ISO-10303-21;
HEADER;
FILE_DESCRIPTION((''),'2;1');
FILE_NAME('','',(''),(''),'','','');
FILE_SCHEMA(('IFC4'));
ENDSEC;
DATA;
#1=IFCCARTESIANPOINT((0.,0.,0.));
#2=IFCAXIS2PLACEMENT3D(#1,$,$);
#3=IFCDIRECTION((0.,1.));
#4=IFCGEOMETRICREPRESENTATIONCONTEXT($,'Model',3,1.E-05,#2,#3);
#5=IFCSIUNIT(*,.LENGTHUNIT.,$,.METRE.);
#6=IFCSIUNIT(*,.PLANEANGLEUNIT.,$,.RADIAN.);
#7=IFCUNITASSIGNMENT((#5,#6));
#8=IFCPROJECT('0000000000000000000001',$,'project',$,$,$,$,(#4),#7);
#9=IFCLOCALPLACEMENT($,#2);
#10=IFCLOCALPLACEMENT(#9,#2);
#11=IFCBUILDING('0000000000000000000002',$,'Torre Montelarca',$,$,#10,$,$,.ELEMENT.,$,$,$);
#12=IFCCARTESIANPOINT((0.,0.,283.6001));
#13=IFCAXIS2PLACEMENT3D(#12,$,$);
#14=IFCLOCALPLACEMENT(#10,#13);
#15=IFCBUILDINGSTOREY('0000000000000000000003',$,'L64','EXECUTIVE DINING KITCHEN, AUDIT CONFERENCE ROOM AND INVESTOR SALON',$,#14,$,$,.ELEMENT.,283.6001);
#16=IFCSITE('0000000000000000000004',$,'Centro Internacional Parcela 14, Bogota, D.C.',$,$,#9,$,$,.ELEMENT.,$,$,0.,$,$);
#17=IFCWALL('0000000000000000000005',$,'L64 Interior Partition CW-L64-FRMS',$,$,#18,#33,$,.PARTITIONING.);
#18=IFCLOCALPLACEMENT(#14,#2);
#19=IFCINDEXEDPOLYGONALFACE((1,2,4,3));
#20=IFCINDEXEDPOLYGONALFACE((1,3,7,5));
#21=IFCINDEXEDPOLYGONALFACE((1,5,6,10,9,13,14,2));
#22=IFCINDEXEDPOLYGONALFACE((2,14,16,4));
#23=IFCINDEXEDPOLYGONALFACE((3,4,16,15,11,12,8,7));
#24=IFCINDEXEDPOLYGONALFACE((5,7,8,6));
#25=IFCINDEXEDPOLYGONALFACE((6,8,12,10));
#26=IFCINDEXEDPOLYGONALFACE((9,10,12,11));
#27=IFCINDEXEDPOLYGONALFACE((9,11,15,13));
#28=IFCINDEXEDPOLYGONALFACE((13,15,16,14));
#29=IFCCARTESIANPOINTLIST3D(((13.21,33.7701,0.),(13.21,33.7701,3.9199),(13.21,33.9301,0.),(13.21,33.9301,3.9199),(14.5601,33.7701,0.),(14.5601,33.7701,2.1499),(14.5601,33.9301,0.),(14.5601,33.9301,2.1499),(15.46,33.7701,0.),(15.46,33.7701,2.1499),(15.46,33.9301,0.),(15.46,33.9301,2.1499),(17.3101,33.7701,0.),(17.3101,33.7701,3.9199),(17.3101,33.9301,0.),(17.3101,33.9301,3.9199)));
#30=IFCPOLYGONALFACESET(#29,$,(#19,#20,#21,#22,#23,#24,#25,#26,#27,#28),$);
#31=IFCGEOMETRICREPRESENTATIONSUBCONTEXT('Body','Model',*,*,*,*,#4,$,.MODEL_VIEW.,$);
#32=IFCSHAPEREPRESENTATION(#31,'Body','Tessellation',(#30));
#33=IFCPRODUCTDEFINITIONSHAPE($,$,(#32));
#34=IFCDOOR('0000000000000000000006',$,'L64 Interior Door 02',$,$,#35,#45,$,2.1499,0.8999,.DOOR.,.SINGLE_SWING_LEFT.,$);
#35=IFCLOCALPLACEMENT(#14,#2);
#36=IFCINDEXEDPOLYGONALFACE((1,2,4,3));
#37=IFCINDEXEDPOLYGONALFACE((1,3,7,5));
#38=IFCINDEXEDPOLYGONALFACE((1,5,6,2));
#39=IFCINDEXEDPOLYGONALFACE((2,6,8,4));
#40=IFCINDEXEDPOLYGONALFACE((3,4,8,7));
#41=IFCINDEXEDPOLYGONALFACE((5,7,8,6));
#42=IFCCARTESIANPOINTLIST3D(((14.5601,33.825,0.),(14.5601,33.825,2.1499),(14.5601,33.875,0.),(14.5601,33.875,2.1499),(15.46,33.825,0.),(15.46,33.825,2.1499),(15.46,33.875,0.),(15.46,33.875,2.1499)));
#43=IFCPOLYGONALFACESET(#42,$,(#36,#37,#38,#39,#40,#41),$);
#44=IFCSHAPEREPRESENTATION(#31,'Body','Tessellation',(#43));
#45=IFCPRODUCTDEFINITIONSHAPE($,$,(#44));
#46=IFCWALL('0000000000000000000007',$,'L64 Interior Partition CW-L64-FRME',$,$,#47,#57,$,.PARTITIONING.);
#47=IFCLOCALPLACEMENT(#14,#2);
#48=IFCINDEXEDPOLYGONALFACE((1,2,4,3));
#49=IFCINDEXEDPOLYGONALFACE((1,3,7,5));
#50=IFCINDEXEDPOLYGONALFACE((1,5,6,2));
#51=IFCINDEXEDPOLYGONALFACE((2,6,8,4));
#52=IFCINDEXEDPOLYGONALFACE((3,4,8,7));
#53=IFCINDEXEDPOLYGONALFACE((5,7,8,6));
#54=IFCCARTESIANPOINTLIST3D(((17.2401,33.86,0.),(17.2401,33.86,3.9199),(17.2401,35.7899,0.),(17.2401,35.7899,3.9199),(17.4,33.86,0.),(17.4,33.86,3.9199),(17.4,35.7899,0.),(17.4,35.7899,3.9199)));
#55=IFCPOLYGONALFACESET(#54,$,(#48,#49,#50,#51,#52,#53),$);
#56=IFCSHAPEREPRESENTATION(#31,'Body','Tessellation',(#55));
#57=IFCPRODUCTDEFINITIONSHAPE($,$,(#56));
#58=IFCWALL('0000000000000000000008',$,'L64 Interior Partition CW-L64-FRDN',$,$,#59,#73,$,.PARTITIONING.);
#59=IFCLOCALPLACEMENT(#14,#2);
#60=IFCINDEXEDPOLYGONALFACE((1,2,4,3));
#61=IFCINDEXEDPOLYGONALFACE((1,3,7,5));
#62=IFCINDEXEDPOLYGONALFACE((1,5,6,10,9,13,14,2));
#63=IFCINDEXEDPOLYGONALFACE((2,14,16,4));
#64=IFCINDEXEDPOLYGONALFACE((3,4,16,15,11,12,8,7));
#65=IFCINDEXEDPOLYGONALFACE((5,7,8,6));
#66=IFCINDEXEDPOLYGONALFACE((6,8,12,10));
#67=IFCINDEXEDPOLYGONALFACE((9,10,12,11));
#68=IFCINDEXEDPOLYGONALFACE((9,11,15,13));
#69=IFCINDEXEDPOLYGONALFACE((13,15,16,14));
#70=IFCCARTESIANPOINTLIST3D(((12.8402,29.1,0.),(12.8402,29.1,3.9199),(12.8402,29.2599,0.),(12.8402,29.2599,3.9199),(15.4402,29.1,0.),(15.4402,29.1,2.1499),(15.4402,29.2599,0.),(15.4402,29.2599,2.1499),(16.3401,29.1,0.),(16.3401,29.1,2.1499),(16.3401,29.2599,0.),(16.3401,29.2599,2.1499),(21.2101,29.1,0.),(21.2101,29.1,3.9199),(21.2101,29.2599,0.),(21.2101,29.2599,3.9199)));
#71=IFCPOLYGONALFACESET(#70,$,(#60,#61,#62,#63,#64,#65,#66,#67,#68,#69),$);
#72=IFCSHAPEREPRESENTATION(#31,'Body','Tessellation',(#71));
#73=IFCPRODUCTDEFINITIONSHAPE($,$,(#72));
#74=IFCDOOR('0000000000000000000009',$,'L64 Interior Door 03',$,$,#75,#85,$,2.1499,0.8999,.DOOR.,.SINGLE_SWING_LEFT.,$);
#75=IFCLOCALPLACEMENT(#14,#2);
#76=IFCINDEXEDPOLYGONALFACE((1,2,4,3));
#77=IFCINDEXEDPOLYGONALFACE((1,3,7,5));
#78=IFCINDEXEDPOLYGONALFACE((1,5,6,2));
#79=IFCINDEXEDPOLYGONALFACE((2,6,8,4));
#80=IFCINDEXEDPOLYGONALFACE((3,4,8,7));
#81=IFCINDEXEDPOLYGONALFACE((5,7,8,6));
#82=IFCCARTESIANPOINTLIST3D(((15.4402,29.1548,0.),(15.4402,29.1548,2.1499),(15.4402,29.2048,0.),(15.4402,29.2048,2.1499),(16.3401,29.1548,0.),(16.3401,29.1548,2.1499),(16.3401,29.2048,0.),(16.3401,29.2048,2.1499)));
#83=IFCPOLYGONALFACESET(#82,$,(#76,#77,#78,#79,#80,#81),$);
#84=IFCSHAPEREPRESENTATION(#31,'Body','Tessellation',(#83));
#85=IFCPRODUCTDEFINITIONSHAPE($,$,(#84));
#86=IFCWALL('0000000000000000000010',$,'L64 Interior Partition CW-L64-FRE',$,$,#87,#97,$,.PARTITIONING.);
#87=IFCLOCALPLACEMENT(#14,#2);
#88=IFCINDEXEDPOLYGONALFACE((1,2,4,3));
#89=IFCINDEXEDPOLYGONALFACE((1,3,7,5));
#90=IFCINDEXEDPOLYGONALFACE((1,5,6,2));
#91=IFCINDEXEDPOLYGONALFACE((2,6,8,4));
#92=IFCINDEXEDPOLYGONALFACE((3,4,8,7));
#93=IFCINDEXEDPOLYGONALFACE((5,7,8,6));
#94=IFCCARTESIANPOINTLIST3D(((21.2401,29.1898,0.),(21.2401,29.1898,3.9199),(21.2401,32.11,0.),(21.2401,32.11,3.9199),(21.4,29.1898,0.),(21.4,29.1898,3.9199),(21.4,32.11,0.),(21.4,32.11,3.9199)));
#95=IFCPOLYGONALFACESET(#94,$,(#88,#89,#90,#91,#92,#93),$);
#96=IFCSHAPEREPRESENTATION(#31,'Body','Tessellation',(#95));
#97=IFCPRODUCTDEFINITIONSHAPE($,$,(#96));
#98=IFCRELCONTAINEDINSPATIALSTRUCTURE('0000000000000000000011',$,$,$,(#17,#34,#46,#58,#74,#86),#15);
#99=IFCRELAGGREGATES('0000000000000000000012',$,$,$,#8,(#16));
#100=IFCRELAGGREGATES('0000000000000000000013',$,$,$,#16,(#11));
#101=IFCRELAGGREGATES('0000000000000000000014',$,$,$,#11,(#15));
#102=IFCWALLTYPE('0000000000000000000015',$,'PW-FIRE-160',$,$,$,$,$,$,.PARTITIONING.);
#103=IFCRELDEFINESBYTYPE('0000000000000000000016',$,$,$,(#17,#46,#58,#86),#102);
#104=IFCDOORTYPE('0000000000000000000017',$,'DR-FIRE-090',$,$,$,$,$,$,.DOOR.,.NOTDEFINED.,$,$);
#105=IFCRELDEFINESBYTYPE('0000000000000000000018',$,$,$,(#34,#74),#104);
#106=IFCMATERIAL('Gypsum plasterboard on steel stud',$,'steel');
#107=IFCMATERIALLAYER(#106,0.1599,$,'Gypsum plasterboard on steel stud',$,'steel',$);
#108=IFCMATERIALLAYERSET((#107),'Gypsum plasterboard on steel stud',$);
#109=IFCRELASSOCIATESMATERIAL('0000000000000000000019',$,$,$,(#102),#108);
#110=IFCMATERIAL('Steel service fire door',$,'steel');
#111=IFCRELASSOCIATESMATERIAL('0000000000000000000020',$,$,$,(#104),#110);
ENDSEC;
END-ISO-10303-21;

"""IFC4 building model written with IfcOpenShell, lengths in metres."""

from ifc_helpers import new_model, si_unit, direction, frame, frame_2d, origin, place, context, subcontext, project, spatial, rectangle, extrude, source, transform, mapped, material, layer, layer_set, type_object, element, fill, save


model = new_model("IFC4")

# Units and contexts
model_context = context("Model", 3, precision=1e-05, world=origin(), true_north=direction((0.0, 1.0)))
body_context = subcontext(model_context, "Body", "Model", "MODEL_VIEW")
ifc_project = project(units=[si_unit("LENGTHUNIT", "METRE"), si_unit("PLANEANGLEUNIT", "RADIAN")], contexts=[model_context])

# Site, building, storey
site_placement = place(None, origin())
site = spatial("IfcSite", under=ifc_project, at=site_placement, Name="Centro Internacional Parcela 14, Bogota, D.C.", CompositionType="ELEMENT", RefElevation=0.0)
building_placement = place(site_placement, origin())
building = spatial("IfcBuilding", under=site, at=building_placement, Name="Torre Montelarca", CompositionType="ELEMENT")
storey_placement = place(building_placement, frame((0.0, 0.0, 283.6001)))
storey = spatial("IfcBuildingStorey", under=building, at=storey_placement, Name="L64", Description="EXECUTIVE DINING KITCHEN, AUDIT CONFERENCE ROOM AND INVESTOR SALON", CompositionType="ELEMENT", Elevation=283.6001)

# Shared definitions
ifc_material_1 = material(Name="Gypsum plasterboard on steel stud", Category="steel")
ifc_layer_1 = layer(ifc_material_1, 0.1599, Name="Gypsum plasterboard on steel stud", Category="steel")
ifc_layer_set_1 = layer_set([ifc_layer_1], Name="Gypsum plasterboard on steel stud")
wall_type_1 = type_object("IfcWallType", Name="PW-FIRE-160", PredefinedType="PARTITIONING", material=ifc_layer_set_1)

# Wall, opening, door
wall_1_placement = place(storey_placement, frame((13.21, 33.8501, 0.0), z_axis=(0.0, 0.0, 1.0), x_axis=(1.0, 0.0, 0.0)))
wall_1 = element("IfcWall", 1, at=wall_1_placement, inside=storey, type_object=wall_type_1, Name="L64 Interior Partition CW-L64-FRMS", PredefinedType="PARTITIONING", context=body_context, shape_type="SweptSolid", body=[
    extrude(rectangle(XDim=4.1001, YDim=0.1599, at=frame_2d((2.05, 0.0))), origin(), (0.0, 0.0, 1.0), 3.9199),
])
opening_1_placement = place(wall_1_placement, frame((1.3501, 0.0, 0.0)))
opening_1 = element("IfcOpeningElement", 2, at=opening_1_placement, cuts=wall_1, PredefinedType="OPENING", context=body_context, shape_type="SweptSolid", body=[
    extrude(rectangle(XDim=0.8999, YDim=2.1499, at=frame_2d((0.45, 1.075))), frame((0.0, 0.0898, 0.0), z_axis=(0.0, -1.0, 0.0), x_axis=(1.0, 0.0, 0.0)), (0.0, 0.0, 1.0), 0.1799),
])
ifc_material_2 = material(Name="Steel service fire door", Category="steel")
door_type_1 = type_object("IfcDoorType", Name="DR-FIRE-090", OperationType="NOTDEFINED", PredefinedType="DOOR", material=ifc_material_2)
shared_shape_1 = source(origin(), body_context, "Body", "SweptSolid", [
    extrude(rectangle(XDim=0.8999, YDim=2.1499, at=frame_2d((0.45, 1.075))), frame((0.0, 0.0249, 0.0), z_axis=(0.0, -1.0, 0.0), x_axis=(1.0, 0.0, 0.0)), (0.0, 0.0, 1.0), 0.05),
])
door_1_placement = place(opening_1_placement, origin())
door_1 = element("IfcDoor", 3, at=door_1_placement, inside=storey, type_object=door_type_1, Name="L64 Interior Door 02", OperationType="SINGLE_SWING_LEFT", OverallHeight=2.1499, OverallWidth=0.8999, PredefinedType="DOOR", context=body_context, shape_type="MappedRepresentation", body=[
    mapped(shared_shape_1, transform((0.0, 0.0, 0.0), scale=1.0)),
])
fill(opening_1, door_1)

# Wall
wall_2_placement = place(storey_placement, frame((17.3201, 33.8601, 0.0), z_axis=(0.0, 0.0, 1.0), x_axis=(0.0, 1.0, 0.0)))
element("IfcWall", 4, at=wall_2_placement, inside=storey, type_object=wall_type_1, Name="L64 Interior Partition CW-L64-FRME", PredefinedType="PARTITIONING", context=body_context, shape_type="SweptSolid", body=[
    extrude(rectangle(XDim=1.9299, YDim=0.1599, at=frame_2d((0.9648, 0.0))), origin(), (0.0, 0.0, 1.0), 3.9199),
])

# Wall, opening, door
wall_3_placement = place(storey_placement, frame((12.8401, 29.1799, 0.0), z_axis=(0.0, 0.0, 1.0), x_axis=(1.0, 0.0, 0.0)))
wall_3 = element("IfcWall", 5, at=wall_3_placement, inside=storey, type_object=wall_type_1, Name="L64 Interior Partition CW-L64-FRDN", PredefinedType="PARTITIONING", context=body_context, shape_type="SweptSolid", body=[
    extrude(rectangle(XDim=8.3699, YDim=0.1599, at=frame_2d((4.1851, 0.0))), origin(), (0.0, 0.0, 1.0), 3.9199),
])
opening_2_placement = place(wall_3_placement, frame((2.6001, 0.0, 0.0)))
opening_2 = element("IfcOpeningElement", 6, at=opening_2_placement, cuts=wall_3, PredefinedType="OPENING", context=body_context, shape_type="SweptSolid", body=[
    extrude(rectangle(XDim=0.8999, YDim=2.1499, at=frame_2d((0.45, 1.075))), frame((0.0, 0.0898, 0.0), z_axis=(0.0, -1.0, 0.0), x_axis=(1.0, 0.0, 0.0)), (0.0, 0.0, 1.0), 0.1799),
])
door_2_placement = place(opening_2_placement, origin())
door_2 = element("IfcDoor", 7, at=door_2_placement, inside=storey, type_object=door_type_1, Name="L64 Interior Door 03", OperationType="SINGLE_SWING_LEFT", OverallHeight=2.1499, OverallWidth=0.8999, PredefinedType="DOOR", context=body_context, shape_type="MappedRepresentation", body=[
    mapped(shared_shape_1, transform((0.0, 0.0, 0.0), scale=1.0)),
])
fill(opening_2, door_2)

# Wall
wall_4_placement = place(storey_placement, frame((21.3201, 29.1899, 0.0), z_axis=(0.0, 0.0, 1.0), x_axis=(0.0, 1.0, 0.0)))
element("IfcWall", 8, at=wall_4_placement, inside=storey, type_object=wall_type_1, Name="L64 Interior Partition CW-L64-FRE", PredefinedType="PARTITIONING", context=body_context, shape_type="SweptSolid", body=[
    extrude(rectangle(XDim=2.9202, YDim=0.1599, at=frame_2d((1.46, 0.0))), origin(), (0.0, 0.0, 1.0), 3.9199),
])

save(model, "model.ifc")
